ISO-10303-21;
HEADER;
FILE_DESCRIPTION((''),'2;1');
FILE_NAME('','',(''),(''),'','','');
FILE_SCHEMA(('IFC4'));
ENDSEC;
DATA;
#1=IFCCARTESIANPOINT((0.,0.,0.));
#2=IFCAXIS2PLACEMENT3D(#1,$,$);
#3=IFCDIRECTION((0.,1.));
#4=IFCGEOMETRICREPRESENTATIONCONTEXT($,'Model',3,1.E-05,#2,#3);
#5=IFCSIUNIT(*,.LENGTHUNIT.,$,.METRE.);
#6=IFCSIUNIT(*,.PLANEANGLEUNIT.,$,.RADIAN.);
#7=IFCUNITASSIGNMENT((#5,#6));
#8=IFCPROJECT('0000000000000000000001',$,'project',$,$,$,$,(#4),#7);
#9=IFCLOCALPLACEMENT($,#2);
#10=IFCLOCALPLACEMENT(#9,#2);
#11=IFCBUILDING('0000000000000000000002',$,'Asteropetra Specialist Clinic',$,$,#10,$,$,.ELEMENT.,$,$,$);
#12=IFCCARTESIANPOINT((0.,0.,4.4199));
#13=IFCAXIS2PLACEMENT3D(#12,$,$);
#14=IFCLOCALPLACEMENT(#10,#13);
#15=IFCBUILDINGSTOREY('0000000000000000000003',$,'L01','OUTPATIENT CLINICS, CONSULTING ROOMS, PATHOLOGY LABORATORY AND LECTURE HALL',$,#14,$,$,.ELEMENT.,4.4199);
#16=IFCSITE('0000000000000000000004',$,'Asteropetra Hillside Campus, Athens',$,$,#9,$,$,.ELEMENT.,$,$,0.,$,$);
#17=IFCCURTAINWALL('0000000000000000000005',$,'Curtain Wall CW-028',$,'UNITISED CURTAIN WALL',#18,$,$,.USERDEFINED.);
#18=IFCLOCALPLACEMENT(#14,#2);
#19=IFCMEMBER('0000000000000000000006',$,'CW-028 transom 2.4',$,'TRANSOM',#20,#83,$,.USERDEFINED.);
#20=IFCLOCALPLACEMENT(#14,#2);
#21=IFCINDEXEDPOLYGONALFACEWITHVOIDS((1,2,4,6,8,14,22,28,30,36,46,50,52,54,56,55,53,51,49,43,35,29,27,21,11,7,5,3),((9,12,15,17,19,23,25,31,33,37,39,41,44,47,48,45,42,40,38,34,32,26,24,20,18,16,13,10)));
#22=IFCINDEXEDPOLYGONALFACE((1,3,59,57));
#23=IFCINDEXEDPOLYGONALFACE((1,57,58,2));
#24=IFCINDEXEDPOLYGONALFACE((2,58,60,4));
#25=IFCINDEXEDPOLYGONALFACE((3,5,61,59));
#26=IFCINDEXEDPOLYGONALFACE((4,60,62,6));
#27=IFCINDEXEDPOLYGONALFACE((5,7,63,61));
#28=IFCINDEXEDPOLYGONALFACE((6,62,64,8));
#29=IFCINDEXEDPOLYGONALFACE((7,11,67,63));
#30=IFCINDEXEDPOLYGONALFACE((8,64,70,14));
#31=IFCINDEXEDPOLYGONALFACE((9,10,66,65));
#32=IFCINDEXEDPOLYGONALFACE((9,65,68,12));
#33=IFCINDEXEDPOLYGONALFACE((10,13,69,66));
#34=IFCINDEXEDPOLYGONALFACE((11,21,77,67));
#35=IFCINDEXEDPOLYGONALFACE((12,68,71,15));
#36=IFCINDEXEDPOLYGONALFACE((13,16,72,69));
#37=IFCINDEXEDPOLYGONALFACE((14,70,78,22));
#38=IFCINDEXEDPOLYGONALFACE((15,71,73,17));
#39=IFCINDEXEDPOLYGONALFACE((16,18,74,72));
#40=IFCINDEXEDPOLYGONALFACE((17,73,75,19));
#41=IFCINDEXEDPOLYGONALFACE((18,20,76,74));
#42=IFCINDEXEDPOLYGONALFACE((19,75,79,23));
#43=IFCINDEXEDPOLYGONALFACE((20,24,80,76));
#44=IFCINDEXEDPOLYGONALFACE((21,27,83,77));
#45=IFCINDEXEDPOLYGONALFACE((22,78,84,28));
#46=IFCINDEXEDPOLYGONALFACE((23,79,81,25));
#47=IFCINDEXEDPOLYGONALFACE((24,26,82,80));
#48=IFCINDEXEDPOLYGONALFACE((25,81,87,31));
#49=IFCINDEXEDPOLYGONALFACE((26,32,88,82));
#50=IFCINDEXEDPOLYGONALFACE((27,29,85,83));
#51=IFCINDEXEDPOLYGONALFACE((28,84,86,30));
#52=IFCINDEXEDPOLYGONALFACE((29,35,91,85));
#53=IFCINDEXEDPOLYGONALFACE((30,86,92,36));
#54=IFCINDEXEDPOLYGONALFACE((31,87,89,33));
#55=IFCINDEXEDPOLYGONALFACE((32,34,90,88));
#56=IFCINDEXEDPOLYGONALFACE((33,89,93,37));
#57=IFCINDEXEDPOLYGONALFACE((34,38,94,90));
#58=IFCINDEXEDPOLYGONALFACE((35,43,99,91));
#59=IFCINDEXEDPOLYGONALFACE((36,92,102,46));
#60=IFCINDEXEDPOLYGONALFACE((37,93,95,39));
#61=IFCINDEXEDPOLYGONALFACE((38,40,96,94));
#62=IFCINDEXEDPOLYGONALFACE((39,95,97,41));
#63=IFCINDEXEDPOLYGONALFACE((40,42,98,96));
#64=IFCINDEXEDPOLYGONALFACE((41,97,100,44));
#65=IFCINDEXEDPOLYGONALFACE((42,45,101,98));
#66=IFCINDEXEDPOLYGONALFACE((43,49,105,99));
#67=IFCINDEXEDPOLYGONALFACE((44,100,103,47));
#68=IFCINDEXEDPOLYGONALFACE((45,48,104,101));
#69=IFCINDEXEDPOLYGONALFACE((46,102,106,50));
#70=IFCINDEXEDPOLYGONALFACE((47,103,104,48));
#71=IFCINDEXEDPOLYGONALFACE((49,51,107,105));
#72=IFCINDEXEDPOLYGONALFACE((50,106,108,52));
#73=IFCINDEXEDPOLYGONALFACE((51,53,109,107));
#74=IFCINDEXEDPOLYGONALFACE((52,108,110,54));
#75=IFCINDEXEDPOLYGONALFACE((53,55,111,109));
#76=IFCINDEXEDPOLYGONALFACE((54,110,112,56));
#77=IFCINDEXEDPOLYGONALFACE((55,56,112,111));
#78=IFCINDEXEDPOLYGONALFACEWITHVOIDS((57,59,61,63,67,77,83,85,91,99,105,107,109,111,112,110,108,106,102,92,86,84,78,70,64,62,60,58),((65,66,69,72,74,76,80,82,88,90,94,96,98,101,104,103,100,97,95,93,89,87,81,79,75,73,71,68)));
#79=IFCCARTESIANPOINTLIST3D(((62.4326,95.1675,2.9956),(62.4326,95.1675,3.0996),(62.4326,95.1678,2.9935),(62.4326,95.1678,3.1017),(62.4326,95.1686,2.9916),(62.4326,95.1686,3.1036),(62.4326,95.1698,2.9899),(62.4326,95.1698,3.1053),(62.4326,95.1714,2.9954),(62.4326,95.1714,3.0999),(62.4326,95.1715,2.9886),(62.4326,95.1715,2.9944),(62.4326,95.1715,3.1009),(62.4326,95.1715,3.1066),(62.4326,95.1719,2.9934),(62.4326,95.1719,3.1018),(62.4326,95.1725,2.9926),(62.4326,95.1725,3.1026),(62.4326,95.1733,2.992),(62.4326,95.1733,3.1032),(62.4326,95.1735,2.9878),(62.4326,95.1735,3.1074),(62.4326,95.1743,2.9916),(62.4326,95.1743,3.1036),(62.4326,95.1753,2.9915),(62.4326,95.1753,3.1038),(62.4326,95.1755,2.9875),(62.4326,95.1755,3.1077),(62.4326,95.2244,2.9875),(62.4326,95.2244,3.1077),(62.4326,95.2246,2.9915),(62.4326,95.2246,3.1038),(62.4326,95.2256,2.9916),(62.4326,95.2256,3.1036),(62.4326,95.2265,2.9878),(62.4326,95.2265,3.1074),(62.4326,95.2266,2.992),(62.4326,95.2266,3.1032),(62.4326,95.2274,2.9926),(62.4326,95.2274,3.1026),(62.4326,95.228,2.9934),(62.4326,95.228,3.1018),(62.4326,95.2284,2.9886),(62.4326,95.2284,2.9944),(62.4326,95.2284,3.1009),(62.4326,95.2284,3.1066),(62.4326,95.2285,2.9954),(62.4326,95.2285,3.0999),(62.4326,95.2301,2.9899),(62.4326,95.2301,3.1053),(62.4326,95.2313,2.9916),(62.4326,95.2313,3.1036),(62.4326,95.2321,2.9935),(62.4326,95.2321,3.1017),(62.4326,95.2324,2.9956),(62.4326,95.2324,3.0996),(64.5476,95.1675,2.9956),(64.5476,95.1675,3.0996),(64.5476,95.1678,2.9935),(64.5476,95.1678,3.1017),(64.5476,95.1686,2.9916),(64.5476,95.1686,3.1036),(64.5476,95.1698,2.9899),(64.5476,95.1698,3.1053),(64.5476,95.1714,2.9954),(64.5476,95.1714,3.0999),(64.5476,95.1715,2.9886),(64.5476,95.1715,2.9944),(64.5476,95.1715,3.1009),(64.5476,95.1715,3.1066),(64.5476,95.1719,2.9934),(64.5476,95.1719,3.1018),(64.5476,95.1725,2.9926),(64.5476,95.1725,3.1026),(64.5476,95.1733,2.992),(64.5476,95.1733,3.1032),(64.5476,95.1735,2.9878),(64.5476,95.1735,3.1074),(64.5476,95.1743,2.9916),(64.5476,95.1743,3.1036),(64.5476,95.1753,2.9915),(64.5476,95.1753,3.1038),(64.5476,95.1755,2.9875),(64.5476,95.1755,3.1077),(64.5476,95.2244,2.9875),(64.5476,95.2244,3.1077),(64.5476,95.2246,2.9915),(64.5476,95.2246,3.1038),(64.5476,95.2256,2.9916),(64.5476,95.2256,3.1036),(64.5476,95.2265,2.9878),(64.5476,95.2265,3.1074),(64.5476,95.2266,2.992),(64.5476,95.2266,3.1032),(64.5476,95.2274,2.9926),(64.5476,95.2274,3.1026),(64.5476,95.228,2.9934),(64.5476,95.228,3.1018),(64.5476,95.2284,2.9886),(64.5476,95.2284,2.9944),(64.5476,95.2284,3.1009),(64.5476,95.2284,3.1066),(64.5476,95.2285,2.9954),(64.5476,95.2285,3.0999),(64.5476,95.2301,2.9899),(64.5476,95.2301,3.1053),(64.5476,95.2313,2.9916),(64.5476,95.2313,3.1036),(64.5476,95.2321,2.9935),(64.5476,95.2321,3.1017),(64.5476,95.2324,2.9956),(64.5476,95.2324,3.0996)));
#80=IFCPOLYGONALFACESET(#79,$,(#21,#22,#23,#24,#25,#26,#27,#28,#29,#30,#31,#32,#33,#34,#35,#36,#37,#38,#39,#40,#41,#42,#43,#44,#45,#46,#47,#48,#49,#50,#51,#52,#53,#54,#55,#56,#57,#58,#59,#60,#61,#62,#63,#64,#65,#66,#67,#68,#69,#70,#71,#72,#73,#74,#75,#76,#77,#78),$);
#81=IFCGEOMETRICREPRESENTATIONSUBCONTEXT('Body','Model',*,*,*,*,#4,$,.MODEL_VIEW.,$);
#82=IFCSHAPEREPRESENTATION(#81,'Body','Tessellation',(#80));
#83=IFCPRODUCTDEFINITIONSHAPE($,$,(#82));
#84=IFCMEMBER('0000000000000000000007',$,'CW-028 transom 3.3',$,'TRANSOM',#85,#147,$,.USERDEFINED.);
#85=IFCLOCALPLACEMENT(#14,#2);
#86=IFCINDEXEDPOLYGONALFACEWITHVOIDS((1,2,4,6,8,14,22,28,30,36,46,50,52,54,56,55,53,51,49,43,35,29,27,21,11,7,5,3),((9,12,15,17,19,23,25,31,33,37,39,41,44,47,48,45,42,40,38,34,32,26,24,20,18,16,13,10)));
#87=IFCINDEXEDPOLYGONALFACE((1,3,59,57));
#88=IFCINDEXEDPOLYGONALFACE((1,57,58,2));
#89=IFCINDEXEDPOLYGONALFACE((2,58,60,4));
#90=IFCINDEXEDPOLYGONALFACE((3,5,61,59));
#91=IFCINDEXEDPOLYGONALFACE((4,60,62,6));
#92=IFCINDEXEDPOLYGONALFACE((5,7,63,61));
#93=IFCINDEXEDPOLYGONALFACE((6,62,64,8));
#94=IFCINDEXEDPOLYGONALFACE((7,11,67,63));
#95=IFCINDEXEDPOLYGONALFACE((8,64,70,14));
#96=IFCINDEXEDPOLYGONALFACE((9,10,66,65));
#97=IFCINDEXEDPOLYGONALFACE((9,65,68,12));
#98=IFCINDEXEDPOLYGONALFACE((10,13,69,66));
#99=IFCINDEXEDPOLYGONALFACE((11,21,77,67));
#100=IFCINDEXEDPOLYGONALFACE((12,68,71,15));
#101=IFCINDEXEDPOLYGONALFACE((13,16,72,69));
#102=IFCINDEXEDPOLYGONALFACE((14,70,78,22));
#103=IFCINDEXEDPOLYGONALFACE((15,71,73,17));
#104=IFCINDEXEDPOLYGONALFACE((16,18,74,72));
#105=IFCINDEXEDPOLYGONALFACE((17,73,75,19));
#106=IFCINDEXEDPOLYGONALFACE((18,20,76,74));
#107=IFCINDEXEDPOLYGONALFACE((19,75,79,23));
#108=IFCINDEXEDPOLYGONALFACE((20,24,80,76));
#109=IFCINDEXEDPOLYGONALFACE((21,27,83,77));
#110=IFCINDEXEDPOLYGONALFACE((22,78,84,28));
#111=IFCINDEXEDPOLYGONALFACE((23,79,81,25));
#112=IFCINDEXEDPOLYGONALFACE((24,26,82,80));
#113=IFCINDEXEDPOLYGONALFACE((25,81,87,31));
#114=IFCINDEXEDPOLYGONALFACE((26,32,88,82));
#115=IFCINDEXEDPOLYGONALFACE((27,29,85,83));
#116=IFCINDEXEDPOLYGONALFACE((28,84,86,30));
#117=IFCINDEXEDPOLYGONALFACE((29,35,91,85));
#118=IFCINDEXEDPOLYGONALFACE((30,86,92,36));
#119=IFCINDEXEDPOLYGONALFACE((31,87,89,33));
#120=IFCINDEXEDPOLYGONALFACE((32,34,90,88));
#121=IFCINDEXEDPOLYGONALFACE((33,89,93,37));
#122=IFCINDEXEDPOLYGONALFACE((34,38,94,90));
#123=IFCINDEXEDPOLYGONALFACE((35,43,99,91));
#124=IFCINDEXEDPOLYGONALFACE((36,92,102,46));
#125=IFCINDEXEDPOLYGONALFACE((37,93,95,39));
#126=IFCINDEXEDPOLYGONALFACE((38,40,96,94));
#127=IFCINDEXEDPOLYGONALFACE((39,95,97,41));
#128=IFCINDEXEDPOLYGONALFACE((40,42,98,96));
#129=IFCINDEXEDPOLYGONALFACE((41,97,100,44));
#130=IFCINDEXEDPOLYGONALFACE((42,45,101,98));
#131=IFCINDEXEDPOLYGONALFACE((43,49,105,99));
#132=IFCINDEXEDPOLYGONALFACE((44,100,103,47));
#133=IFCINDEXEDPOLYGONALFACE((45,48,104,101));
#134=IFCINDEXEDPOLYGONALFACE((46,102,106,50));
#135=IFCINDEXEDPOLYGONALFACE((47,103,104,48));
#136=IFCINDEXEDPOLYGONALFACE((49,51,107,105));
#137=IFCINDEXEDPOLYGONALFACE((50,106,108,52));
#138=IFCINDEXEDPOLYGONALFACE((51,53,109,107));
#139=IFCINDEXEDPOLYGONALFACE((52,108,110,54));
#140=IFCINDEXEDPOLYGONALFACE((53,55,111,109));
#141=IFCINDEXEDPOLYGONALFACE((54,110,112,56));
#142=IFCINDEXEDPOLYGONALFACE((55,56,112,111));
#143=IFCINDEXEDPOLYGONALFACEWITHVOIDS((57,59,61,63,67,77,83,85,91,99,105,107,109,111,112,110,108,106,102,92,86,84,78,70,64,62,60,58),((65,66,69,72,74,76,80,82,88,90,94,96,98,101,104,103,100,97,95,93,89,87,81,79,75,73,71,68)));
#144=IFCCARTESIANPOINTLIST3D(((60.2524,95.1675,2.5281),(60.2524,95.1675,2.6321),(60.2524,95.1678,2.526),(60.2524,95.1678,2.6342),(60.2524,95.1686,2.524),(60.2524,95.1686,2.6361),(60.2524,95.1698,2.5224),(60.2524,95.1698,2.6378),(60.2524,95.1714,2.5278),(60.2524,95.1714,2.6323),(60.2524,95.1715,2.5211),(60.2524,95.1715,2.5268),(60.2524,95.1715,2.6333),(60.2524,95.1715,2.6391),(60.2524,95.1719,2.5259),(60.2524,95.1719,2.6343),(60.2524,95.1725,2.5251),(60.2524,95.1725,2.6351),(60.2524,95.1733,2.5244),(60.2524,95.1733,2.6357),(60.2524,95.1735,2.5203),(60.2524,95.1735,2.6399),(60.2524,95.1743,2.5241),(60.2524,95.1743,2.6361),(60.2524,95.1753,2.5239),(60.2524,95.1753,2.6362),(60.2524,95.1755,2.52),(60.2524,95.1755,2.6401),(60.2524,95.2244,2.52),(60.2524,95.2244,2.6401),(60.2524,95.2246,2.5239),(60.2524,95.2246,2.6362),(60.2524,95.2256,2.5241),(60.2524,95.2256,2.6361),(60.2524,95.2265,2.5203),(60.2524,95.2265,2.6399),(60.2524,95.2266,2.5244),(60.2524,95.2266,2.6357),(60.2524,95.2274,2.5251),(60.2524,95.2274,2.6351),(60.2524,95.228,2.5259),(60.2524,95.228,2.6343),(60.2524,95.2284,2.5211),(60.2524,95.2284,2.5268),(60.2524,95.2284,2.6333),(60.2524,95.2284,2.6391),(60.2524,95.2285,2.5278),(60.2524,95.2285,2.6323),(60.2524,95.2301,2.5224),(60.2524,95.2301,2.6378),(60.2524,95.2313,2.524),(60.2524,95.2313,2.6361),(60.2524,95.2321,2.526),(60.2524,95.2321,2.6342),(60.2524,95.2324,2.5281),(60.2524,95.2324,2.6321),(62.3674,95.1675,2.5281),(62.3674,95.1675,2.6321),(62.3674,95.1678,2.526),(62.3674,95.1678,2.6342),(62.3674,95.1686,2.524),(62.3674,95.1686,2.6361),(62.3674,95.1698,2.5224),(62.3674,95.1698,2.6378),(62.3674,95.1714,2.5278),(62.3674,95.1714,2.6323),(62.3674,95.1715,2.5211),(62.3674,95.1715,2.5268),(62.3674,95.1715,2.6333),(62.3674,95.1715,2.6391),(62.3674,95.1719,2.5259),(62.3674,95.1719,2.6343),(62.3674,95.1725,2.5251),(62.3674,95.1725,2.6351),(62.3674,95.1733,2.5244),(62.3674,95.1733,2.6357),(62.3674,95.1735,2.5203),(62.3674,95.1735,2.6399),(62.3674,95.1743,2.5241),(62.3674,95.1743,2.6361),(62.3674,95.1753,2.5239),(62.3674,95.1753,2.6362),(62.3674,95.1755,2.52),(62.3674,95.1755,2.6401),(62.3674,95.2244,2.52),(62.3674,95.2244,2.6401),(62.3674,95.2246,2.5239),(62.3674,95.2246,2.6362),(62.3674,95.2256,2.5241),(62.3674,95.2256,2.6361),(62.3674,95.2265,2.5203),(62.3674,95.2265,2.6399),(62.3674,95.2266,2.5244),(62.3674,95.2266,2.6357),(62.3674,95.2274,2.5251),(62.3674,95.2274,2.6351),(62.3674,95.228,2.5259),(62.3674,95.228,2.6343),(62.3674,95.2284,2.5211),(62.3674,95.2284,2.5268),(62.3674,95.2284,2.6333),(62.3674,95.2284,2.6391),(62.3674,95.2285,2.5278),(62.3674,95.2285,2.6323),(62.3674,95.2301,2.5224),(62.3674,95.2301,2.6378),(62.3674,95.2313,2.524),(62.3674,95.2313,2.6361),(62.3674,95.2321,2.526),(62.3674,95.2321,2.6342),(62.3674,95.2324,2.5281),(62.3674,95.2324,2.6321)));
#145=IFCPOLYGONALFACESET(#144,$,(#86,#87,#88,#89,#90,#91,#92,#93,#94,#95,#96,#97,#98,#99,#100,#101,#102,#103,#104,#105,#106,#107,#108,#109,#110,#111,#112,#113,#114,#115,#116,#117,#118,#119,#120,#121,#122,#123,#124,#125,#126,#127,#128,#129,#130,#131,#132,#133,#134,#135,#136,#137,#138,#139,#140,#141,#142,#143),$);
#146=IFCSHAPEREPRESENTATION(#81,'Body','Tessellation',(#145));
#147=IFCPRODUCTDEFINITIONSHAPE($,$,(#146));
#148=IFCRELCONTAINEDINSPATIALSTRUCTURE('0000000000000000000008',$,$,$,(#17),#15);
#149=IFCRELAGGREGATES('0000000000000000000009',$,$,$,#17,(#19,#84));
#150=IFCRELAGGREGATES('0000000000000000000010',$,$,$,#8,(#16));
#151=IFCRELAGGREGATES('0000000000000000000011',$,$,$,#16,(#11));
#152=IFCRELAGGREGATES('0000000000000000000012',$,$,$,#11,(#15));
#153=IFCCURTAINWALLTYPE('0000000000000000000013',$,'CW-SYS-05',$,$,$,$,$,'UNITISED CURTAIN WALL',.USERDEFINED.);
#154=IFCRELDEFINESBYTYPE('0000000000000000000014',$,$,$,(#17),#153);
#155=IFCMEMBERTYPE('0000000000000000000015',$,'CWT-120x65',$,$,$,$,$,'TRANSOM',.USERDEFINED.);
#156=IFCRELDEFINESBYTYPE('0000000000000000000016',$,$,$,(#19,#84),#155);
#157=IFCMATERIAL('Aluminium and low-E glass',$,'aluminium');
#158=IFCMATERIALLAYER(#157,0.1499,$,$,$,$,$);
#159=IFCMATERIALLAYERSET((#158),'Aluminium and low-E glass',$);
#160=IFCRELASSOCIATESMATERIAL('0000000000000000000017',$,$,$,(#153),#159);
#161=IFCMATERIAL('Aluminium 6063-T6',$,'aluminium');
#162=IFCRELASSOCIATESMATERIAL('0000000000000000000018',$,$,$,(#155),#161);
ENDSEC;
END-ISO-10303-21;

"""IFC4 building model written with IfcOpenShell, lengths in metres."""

from ifc_helpers import new_model, si_unit, direction, frame, origin, origin_2d, place, context, subcontext, project, spatial, hollow_rectangle, extrude, material, layer, layer_set, material_profile, profile_set, type_object, element, aggregate, save


model = new_model("IFC4")

# Units and contexts
model_context = context("Model", 3, precision=1e-05, world=origin(), true_north=direction((0.0, 1.0)))
body_context = subcontext(model_context, "Body", "Model", "MODEL_VIEW")
ifc_project = project(units=[si_unit("LENGTHUNIT", "METRE"), si_unit("PLANEANGLEUNIT", "RADIAN")], contexts=[model_context])

# Site, building, storey
site_placement = place(None, origin())
site = spatial("IfcSite", under=ifc_project, at=site_placement, Name="Asteropetra Hillside Campus, Athens", CompositionType="ELEMENT", RefElevation=0.0)
building_placement = place(site_placement, origin())
building = spatial("IfcBuilding", under=site, at=building_placement, Name="Asteropetra Specialist Clinic", CompositionType="ELEMENT")
storey_placement = place(building_placement, frame((0.0, 0.0, 4.4199)))
storey = spatial("IfcBuildingStorey", under=building, at=storey_placement, Name="L01", Description="OUTPATIENT CLINICS, CONSULTING ROOMS, PATHOLOGY LABORATORY AND LECTURE HALL", CompositionType="ELEMENT", Elevation=4.4199)

# Curtain wall, members
ifc_material_1 = material(Name="Aluminium and low-E glass", Category="aluminium")
ifc_layer_1 = layer(ifc_material_1, 0.1499)
ifc_layer_set_1 = layer_set([ifc_layer_1], Name="Aluminium and low-E glass")
curtain_wall_type = type_object("IfcCurtainWallType", Name="CW-SYS-05", ElementType="UNITISED CURTAIN WALL", PredefinedType="USERDEFINED", material=ifc_layer_set_1)
curtain_wall_placement = place(storey_placement, origin())
curtain_wall = element("IfcCurtainWall", 1, at=curtain_wall_placement, inside=storey, type_object=curtain_wall_type, Name="Curtain Wall CW-028", ObjectType="UNITISED CURTAIN WALL", PredefinedType="USERDEFINED")
ifc_material_2 = material(Name="Aluminium 6063-T6", Category="aluminium")
ifc_material_profile_1 = material_profile(ifc_material_2, hollow_rectangle(XDim=0.0649, YDim=0.1201, WallThickness=0.0039, InnerFilletRadius=0.0039, OuterFilletRadius=0.0081, at=origin_2d()), Name="TRN 120x65x4.0")
ifc_profile_set_1 = profile_set([ifc_material_profile_1], Name="Aluminium 6063-T6")
member_type_1 = type_object("IfcMemberType", Name="CWT-120x65", ElementType="TRANSOM", PredefinedType="USERDEFINED", material=ifc_profile_set_1)
member_1_placement = place(storey_placement, frame((64.5476, 95.2, 3.0476), z_axis=(-1.0, 0.0, 0.0), x_axis=(0.0, -1.0, 0.0)))
member_1 = element("IfcMember", 2, at=member_1_placement, type_object=member_type_1, Name="CW-028 transom 2.4", ObjectType="TRANSOM", PredefinedType="USERDEFINED", context=body_context, shape_type="SweptSolid", body=[
    extrude(hollow_rectangle(XDim=0.0649, YDim=0.1201, WallThickness=0.0039, InnerFilletRadius=0.0039, OuterFilletRadius=0.0081, at=origin_2d()), origin(), (0.0, 0.0, 1.0), 2.115),
])
member_2_placement = place(storey_placement, frame((62.3674, 95.2, 2.5801), z_axis=(-1.0, 0.0, 0.0), x_axis=(0.0, -1.0, 0.0)))
member_2 = element("IfcMember", 3, at=member_2_placement, type_object=member_type_1, Name="CW-028 transom 3.3", ObjectType="TRANSOM", PredefinedType="USERDEFINED", context=body_context, shape_type="SweptSolid", body=[
    extrude(hollow_rectangle(XDim=0.0649, YDim=0.1201, WallThickness=0.0039, InnerFilletRadius=0.0039, OuterFilletRadius=0.0081, at=origin_2d()), origin(), (0.0, 0.0, 1.0), 2.115),
])
aggregate(curtain_wall, [member_1, member_2])

save(model, "model.ifc")
